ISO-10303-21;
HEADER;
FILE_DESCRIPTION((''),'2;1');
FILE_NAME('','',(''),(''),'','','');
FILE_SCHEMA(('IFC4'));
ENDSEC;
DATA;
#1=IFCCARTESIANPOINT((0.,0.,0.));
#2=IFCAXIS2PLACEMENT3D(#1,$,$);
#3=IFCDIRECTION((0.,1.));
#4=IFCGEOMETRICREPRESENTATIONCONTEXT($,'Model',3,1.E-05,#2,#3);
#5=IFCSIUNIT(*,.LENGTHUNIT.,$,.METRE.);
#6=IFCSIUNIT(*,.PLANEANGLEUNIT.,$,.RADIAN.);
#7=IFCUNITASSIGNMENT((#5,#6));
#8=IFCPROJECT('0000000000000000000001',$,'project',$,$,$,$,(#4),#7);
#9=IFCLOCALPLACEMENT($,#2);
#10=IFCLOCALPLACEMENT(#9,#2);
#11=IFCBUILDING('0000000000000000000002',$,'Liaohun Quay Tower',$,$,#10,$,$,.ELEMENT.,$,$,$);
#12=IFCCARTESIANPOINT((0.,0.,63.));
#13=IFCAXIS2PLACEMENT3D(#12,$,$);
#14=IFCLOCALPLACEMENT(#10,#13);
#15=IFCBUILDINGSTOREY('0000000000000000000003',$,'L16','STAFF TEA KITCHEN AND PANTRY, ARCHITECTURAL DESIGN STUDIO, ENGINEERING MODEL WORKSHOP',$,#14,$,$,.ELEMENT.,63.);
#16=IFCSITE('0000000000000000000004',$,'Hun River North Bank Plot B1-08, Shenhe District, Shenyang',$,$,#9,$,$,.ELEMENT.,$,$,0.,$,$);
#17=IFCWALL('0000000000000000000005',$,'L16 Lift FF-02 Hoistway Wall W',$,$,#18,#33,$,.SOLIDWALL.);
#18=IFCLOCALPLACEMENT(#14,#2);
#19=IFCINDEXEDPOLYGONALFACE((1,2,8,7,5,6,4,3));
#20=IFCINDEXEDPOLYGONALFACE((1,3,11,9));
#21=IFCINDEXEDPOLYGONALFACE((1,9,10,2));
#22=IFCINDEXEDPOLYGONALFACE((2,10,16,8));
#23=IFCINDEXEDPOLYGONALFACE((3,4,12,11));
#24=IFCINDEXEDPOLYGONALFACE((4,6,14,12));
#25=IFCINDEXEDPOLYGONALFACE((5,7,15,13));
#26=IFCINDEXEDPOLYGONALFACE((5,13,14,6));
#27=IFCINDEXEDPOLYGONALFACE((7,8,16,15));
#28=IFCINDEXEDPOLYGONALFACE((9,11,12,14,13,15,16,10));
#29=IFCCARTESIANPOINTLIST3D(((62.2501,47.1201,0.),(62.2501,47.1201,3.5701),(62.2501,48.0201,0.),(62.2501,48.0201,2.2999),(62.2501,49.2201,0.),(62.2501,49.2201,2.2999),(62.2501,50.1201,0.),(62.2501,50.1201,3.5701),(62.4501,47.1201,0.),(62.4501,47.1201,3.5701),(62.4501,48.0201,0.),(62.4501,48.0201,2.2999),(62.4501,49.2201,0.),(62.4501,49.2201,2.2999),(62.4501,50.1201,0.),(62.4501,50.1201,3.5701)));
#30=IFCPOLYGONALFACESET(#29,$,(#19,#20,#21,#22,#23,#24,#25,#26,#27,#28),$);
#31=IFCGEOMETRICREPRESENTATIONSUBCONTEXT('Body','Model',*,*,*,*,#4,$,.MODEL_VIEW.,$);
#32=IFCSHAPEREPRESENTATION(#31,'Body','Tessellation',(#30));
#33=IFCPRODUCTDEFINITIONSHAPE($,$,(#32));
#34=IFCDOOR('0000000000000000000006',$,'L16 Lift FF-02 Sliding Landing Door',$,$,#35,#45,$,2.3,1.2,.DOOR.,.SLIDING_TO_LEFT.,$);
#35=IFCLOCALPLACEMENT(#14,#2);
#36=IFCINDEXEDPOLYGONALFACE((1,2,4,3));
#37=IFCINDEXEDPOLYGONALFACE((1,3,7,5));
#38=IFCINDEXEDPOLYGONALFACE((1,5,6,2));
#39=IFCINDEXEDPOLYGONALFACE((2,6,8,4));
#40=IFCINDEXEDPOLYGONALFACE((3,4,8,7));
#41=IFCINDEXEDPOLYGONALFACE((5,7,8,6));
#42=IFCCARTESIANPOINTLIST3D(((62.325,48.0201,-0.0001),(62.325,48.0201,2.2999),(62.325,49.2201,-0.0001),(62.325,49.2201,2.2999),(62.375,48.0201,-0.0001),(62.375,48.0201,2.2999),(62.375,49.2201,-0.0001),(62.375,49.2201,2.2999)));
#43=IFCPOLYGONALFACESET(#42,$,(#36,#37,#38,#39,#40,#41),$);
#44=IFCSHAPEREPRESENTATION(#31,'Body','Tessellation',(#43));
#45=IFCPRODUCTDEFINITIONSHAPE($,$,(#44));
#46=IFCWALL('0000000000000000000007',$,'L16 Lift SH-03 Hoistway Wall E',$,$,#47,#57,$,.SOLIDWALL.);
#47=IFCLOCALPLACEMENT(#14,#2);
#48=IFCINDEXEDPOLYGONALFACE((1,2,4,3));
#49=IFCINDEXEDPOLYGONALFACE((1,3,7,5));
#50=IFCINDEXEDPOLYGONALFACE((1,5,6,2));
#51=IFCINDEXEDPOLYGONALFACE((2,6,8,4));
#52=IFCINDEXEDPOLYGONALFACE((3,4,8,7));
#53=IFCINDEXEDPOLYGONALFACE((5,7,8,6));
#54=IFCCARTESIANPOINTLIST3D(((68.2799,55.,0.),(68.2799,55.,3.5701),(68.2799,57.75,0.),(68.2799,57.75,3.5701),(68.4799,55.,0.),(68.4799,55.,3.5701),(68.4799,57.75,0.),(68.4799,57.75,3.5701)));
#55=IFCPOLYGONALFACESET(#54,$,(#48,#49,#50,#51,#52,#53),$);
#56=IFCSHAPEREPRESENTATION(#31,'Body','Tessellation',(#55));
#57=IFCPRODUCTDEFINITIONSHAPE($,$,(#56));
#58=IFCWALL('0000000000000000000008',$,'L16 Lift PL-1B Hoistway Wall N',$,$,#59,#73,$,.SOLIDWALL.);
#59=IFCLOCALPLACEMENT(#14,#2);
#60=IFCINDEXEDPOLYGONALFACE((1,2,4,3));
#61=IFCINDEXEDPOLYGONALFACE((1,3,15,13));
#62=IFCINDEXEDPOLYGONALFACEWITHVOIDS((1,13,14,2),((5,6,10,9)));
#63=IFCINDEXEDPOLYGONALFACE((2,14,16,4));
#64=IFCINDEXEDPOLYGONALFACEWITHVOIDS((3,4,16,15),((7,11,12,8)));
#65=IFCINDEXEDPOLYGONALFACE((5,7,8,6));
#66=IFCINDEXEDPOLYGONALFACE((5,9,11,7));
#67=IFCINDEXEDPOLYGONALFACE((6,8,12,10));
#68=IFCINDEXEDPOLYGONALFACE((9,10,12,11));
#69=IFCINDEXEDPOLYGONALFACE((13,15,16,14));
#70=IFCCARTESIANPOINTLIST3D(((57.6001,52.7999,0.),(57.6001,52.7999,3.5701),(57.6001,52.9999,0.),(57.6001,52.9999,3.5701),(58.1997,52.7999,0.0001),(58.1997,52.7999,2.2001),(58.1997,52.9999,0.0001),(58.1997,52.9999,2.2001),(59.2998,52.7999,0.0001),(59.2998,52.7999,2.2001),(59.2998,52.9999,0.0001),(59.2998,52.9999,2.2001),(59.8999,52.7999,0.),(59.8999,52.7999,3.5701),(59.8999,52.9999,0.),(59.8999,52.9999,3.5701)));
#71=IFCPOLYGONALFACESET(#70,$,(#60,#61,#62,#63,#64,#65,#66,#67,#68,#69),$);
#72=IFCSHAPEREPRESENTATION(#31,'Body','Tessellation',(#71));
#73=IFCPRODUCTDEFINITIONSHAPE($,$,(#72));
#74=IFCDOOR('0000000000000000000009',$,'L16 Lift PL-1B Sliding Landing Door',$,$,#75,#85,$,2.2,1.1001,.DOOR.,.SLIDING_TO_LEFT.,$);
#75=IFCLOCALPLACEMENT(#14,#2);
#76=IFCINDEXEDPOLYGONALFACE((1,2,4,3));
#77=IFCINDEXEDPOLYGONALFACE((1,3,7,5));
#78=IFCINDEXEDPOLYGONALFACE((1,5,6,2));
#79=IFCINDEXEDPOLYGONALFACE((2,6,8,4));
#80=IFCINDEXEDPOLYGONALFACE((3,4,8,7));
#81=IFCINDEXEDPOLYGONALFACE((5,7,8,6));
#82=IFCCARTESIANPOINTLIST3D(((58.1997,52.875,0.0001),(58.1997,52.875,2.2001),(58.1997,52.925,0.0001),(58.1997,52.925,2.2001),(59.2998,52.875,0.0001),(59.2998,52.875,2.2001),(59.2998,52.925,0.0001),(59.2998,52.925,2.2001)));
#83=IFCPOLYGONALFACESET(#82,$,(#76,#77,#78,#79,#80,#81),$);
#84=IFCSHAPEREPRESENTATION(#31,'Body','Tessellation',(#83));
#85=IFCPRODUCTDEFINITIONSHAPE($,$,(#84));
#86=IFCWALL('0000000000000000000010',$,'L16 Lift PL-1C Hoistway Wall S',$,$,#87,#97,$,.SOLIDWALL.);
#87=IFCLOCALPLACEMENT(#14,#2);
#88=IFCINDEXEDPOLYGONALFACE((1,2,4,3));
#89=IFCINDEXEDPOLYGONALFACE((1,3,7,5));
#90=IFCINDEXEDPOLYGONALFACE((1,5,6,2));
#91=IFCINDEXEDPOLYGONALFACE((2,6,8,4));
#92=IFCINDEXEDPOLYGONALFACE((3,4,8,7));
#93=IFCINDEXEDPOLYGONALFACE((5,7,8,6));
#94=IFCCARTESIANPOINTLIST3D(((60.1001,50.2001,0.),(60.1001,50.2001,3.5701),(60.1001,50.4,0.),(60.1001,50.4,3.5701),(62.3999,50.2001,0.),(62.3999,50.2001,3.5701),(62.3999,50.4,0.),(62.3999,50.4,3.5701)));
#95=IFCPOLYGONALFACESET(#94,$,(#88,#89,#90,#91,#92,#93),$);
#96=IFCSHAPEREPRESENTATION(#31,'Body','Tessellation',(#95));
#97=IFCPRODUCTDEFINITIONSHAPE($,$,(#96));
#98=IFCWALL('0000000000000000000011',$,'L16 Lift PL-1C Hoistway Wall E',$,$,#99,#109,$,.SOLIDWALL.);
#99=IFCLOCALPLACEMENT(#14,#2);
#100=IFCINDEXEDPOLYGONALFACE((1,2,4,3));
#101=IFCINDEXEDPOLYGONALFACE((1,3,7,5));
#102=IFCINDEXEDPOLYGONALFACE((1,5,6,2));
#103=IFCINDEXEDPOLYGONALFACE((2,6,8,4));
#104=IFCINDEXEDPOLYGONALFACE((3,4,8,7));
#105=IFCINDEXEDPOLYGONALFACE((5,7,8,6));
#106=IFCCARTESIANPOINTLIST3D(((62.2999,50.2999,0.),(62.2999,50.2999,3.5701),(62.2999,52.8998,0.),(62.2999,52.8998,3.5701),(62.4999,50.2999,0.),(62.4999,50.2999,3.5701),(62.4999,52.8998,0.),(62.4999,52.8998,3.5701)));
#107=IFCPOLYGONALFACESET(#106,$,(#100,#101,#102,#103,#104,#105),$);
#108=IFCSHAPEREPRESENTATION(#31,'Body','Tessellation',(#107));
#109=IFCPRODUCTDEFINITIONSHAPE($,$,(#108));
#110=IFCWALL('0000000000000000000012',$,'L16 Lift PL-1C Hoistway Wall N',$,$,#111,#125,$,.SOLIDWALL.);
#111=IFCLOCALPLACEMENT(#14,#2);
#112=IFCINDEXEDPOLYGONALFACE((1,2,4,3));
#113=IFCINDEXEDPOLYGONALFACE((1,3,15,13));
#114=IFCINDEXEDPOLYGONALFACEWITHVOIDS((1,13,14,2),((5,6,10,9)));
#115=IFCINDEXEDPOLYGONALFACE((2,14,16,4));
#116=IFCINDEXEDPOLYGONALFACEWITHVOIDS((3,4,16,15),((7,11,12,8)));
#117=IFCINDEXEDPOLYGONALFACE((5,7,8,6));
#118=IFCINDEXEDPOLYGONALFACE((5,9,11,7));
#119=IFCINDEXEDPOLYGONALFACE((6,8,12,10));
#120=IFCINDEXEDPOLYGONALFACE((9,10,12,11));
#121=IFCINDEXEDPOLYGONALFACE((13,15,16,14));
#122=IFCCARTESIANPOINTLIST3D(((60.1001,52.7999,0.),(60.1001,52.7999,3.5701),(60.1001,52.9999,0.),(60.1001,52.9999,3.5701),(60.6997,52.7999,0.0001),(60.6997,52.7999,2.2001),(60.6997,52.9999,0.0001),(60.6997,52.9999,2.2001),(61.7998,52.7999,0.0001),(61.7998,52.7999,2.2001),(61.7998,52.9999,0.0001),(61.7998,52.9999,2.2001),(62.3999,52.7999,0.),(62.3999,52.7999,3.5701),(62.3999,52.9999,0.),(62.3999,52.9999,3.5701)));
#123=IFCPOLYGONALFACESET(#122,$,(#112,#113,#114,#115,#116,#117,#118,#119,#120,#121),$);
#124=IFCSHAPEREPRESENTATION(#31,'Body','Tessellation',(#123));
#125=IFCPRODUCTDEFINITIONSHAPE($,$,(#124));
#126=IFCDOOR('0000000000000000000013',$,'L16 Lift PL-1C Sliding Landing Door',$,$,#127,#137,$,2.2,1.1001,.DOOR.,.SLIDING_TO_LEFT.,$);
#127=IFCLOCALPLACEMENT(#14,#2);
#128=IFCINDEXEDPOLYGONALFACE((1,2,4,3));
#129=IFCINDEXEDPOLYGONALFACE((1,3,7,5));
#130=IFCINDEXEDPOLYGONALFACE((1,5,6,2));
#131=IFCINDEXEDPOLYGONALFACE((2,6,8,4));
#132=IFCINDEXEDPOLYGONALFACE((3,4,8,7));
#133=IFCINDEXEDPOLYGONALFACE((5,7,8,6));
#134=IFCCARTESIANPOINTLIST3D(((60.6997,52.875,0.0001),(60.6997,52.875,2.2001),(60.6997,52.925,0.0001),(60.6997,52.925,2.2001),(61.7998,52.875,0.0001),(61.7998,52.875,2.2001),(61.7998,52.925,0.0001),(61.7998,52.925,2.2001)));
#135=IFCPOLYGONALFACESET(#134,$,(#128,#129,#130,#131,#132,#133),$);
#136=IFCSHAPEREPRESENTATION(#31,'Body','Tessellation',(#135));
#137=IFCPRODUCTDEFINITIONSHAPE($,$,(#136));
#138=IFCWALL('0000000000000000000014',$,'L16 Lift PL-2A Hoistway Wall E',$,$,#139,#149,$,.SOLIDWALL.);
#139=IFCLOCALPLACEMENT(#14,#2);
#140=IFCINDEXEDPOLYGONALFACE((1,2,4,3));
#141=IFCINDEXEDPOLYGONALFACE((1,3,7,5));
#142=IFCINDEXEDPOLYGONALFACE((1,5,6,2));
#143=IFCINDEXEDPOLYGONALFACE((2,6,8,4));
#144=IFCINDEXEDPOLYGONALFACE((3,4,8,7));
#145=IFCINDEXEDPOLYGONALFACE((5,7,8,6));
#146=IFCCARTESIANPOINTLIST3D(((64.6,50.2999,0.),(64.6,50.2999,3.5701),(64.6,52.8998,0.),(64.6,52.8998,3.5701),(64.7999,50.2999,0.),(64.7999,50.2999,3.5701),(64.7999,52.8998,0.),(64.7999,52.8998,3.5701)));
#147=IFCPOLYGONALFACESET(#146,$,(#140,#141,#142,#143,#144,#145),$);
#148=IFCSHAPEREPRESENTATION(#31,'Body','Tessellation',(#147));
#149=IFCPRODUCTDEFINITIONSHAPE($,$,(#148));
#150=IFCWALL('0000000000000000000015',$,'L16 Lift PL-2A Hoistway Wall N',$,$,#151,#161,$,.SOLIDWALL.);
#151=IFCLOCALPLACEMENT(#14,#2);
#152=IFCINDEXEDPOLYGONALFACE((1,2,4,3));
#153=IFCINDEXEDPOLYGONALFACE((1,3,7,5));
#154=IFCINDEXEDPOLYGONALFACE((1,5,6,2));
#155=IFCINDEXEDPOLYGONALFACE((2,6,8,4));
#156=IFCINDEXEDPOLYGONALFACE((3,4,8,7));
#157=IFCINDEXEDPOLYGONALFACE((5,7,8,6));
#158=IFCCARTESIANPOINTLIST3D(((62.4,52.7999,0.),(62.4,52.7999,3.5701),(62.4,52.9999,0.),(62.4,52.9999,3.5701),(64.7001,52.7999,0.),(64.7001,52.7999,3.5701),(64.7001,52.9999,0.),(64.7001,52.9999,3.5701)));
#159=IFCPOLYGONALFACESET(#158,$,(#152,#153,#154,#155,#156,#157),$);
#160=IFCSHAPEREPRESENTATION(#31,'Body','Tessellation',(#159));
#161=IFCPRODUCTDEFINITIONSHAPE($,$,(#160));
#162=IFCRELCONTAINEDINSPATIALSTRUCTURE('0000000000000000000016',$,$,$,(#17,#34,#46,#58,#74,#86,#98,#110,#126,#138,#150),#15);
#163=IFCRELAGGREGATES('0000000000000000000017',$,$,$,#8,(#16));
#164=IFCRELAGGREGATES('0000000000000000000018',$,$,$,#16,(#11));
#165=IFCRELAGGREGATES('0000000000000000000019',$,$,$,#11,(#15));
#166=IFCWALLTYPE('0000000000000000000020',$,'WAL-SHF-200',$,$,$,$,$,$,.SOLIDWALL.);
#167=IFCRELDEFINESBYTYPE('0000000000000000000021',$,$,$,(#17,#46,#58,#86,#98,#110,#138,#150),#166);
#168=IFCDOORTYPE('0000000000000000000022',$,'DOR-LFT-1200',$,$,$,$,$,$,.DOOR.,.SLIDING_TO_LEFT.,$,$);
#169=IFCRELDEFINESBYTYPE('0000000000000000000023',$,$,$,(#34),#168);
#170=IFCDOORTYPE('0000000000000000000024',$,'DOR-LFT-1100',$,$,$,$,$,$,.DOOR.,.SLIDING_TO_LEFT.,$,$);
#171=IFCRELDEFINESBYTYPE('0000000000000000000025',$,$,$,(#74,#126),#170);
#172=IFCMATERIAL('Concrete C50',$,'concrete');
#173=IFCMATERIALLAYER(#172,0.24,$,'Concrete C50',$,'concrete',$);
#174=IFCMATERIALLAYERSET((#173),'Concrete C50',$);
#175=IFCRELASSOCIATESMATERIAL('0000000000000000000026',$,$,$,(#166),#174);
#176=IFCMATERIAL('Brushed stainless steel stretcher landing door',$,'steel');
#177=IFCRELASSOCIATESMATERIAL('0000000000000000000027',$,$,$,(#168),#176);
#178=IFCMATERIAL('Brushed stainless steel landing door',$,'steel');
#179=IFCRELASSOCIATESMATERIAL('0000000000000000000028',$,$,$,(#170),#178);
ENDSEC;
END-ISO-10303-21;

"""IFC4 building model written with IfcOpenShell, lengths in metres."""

from ifc_helpers import new_model, si_unit, direction, frame, frame_2d, origin, place, context, subcontext, project, spatial, rectangle, extrude, source, transform, mapped, material, layer, layer_set, type_object, element, fill, save


model = new_model("IFC4")

# Units and contexts
model_context = context("Model", 3, precision=1e-05, world=origin(), true_north=direction((0.0, 1.0)))
body_context = subcontext(model_context, "Body", "Model", "MODEL_VIEW")
ifc_project = project(units=[si_unit("LENGTHUNIT", "METRE"), si_unit("PLANEANGLEUNIT", "RADIAN")], contexts=[model_context])

# Site, building, storey
site_placement = place(None, origin())
site = spatial("IfcSite", under=ifc_project, at=site_placement, Name="Hun River North Bank Plot B1-08, Shenhe District, Shenyang", CompositionType="ELEMENT", RefElevation=0.0)
building_placement = place(site_placement, origin())
building = spatial("IfcBuilding", under=site, at=building_placement, Name="Liaohun Quay Tower", CompositionType="ELEMENT")
storey_placement = place(building_placement, frame((0.0, 0.0, 63.0)))
storey = spatial("IfcBuildingStorey", under=building, at=storey_placement, Name="L16", Description="STAFF TEA KITCHEN AND PANTRY, ARCHITECTURAL DESIGN STUDIO, ENGINEERING MODEL WORKSHOP", CompositionType="ELEMENT", Elevation=63.0)

# Shared definitions
ifc_material_1 = material(Name="Concrete C50", Category="concrete")
ifc_layer_1 = layer(ifc_material_1, 0.24, Name="Concrete C50", Category="concrete")
ifc_layer_set_1 = layer_set([ifc_layer_1], Name="Concrete C50")
wall_type_1 = type_object("IfcWallType", Name="WAL-SHF-200", PredefinedType="SOLIDWALL", material=ifc_layer_set_1)

# Wall, opening, door
wall_1_placement = place(storey_placement, frame((62.3501, 50.1201, 0.0), z_axis=(0.0, 0.0, 1.0), x_axis=(0.0, -1.0, 0.0)))
wall_1 = element("IfcWall", 1, at=wall_1_placement, inside=storey, type_object=wall_type_1, Name="L16 Lift FF-02 Hoistway Wall W", PredefinedType="SOLIDWALL", context=body_context, shape_type="SweptSolid", body=[
    extrude(rectangle(XDim=3.0, YDim=0.2, at=frame_2d((1.5, 0.0))), origin(), (0.0, 0.0, 1.0), 3.5701),
])
shared_shape_1 = source(origin(), body_context, "Body", "SweptSolid", [
    extrude(rectangle(XDim=1.2, YDim=2.3, at=frame_2d((0.6001, 1.1499))), frame((0.0, 0.1099, 0.0), z_axis=(0.0, -1.0, 0.0), x_axis=(1.0, 0.0, 0.0)), (0.0, 0.0, 1.0), 0.22),
])
opening_1_placement = place(wall_1_placement, frame((0.8999, 0.0, 0.0)))
opening_1 = element("IfcOpeningElement", 2, at=opening_1_placement, cuts=wall_1, PredefinedType="OPENING", context=body_context, shape_type="MappedRepresentation", body=[
    mapped(shared_shape_1, transform((0.0, 0.0, 0.0), x_axis=(1.0, 0.0, 0.0), y_axis=(0.0, 1.0, 0.0), z_axis=(0.0, 0.0, 1.0), scale=1.0)),
])
ifc_material_2 = material(Name="Brushed stainless steel stretcher landing door", Category="steel")
door_type_1 = type_object("IfcDoorType", Name="DOR-LFT-1200", OperationType="SLIDING_TO_LEFT", PredefinedType="DOOR", material=ifc_material_2)
shared_shape_2 = source(origin(), body_context, "Body", "SweptSolid", [
    extrude(rectangle(XDim=1.2, YDim=2.3, at=frame_2d((0.6001, 1.1499))), frame((0.0, 0.0249, 0.0), z_axis=(0.0, -1.0, 0.0), x_axis=(1.0, 0.0, 0.0)), (0.0, 0.0, 1.0), 0.05),
])
door_1_placement = place(opening_1_placement, origin())
door_1 = element("IfcDoor", 3, at=door_1_placement, inside=storey, type_object=door_type_1, Name="L16 Lift FF-02 Sliding Landing Door", OperationType="SLIDING_TO_LEFT", OverallHeight=2.3, OverallWidth=1.2, PredefinedType="DOOR", context=body_context, shape_type="MappedRepresentation", body=[
    mapped(shared_shape_2, transform((0.0, 0.0, 0.0), x_axis=(1.0, 0.0, 0.0), y_axis=(0.0, 1.0, 0.0), z_axis=(0.0, 0.0, 1.0), scale=1.0)),
])
fill(opening_1, door_1)

# Wall
wall_2_placement = place(storey_placement, frame((68.3799, 55.0, 0.0), z_axis=(0.0, 0.0, 1.0), x_axis=(0.0, 1.0, 0.0)))
element("IfcWall", 4, at=wall_2_placement, inside=storey, type_object=wall_type_1, Name="L16 Lift SH-03 Hoistway Wall E", PredefinedType="SOLIDWALL", context=body_context, shape_type="SweptSolid", body=[
    extrude(rectangle(XDim=2.75, YDim=0.2, at=frame_2d((1.375, 0.0))), origin(), (0.0, 0.0, 1.0), 3.5701),
])

# Wall, opening, door
wall_3_placement = place(storey_placement, frame((59.8999, 52.8999, 0.0), z_axis=(0.0, 0.0, 1.0), x_axis=(-1.0, 0.0, 0.0)))
wall_3 = element("IfcWall", 5, at=wall_3_placement, inside=storey, type_object=wall_type_1, Name="L16 Lift PL-1B Hoistway Wall N", PredefinedType="SOLIDWALL", context=body_context, shape_type="SweptSolid", body=[
    extrude(rectangle(XDim=2.2998, YDim=0.2, at=frame_2d((1.1499, 0.0))), origin(), (0.0, 0.0, 1.0), 3.5701),
])
shared_shape_3 = source(origin(), body_context, "Body", "SweptSolid", [
    extrude(rectangle(XDim=1.1001, YDim=2.2, at=frame_2d((0.55, 1.1001))), frame((0.0, 0.1099, 0.0), z_axis=(0.0, -1.0, 0.0), x_axis=(1.0, 0.0, 0.0)), (0.0, 0.0, 1.0), 0.22),
])
opening_2_placement = place(wall_3_placement, frame((0.6001, 0.0, 0.0)))
opening_2 = element("IfcOpeningElement", 6, at=opening_2_placement, cuts=wall_3, PredefinedType="OPENING", context=body_context, shape_type="MappedRepresentation", body=[
    mapped(shared_shape_3, transform((0.0, 0.0, 0.0), x_axis=(1.0, 0.0, 0.0), y_axis=(0.0, 1.0, 0.0), z_axis=(0.0, 0.0, 1.0), scale=1.0)),
])
ifc_material_3 = material(Name="Brushed stainless steel landing door", Category="steel")
door_type_2 = type_object("IfcDoorType", Name="DOR-LFT-1100", OperationType="SLIDING_TO_LEFT", PredefinedType="DOOR", material=ifc_material_3)
shared_shape_4 = source(origin(), body_context, "Body", "SweptSolid", [
    extrude(rectangle(XDim=1.1001, YDim=2.2, at=frame_2d((0.55, 1.1001))), frame((0.0, 0.0249, 0.0), z_axis=(0.0, -1.0, 0.0), x_axis=(1.0, 0.0, 0.0)), (0.0, 0.0, 1.0), 0.05),
])
door_2_placement = place(opening_2_placement, origin())
door_2 = element("IfcDoor", 7, at=door_2_placement, inside=storey, type_object=door_type_2, Name="L16 Lift PL-1B Sliding Landing Door", OperationType="SLIDING_TO_LEFT", OverallHeight=2.2, OverallWidth=1.1001, PredefinedType="DOOR", context=body_context, shape_type="MappedRepresentation", body=[
    mapped(shared_shape_4, transform((0.0, 0.0, 0.0), x_axis=(1.0, 0.0, 0.0), y_axis=(0.0, 1.0, 0.0), z_axis=(0.0, 0.0, 1.0), scale=1.0)),
])
fill(opening_2, door_2)

# Walls
wall_4_placement = place(storey_placement, frame((60.1001, 50.3, 0.0), z_axis=(0.0, 0.0, 1.0), x_axis=(1.0, 0.0, 0.0)))
element("IfcWall", 8, at=wall_4_placement, inside=storey, type_object=wall_type_1, Name="L16 Lift PL-1C Hoistway Wall S", PredefinedType="SOLIDWALL", context=body_context, shape_type="SweptSolid", body=[
    extrude(rectangle(XDim=2.2998, YDim=0.2, at=frame_2d((1.1499, 0.0))), origin(), (0.0, 0.0, 1.0), 3.5701),
])
wall_5_placement = place(storey_placement, frame((62.3999, 50.3, 0.0), z_axis=(0.0, 0.0, 1.0), x_axis=(0.0, 1.0, 0.0)))
element("IfcWall", 9, at=wall_5_placement, inside=storey, type_object=wall_type_1, Name="L16 Lift PL-1C Hoistway Wall E", PredefinedType="SOLIDWALL", context=body_context, shape_type="SweptSolid", body=[
    extrude(rectangle(XDim=2.5999, YDim=0.2, at=frame_2d((1.2998, 0.0))), origin(), (0.0, 0.0, 1.0), 3.5701),
])

# Wall, opening, door
wall_6_placement = place(storey_placement, frame((62.3999, 52.8999, 0.0), z_axis=(0.0, 0.0, 1.0), x_axis=(-1.0, 0.0, 0.0)))
wall_6 = element("IfcWall", 10, at=wall_6_placement, inside=storey, type_object=wall_type_1, Name="L16 Lift PL-1C Hoistway Wall N", PredefinedType="SOLIDWALL", context=body_context, shape_type="SweptSolid", body=[
    extrude(rectangle(XDim=2.2998, YDim=0.2, at=frame_2d((1.1499, 0.0))), origin(), (0.0, 0.0, 1.0), 3.5701),
])
opening_3_placement = place(wall_6_placement, frame((0.6001, 0.0, 0.0)))
opening_3 = element("IfcOpeningElement", 11, at=opening_3_placement, cuts=wall_6, PredefinedType="OPENING", context=body_context, shape_type="MappedRepresentation", body=[
    mapped(shared_shape_3, transform((0.0, 0.0, 0.0), x_axis=(1.0, 0.0, 0.0), y_axis=(0.0, 1.0, 0.0), z_axis=(0.0, 0.0, 1.0), scale=1.0)),
])
door_3_placement = place(opening_3_placement, origin())
door_3 = element("IfcDoor", 12, at=door_3_placement, inside=storey, type_object=door_type_2, Name="L16 Lift PL-1C Sliding Landing Door", OperationType="SLIDING_TO_LEFT", OverallHeight=2.2, OverallWidth=1.1001, PredefinedType="DOOR", context=body_context, shape_type="MappedRepresentation", body=[
    mapped(shared_shape_4, transform((0.0, 0.0, 0.0), x_axis=(1.0, 0.0, 0.0), y_axis=(0.0, 1.0, 0.0), z_axis=(0.0, 0.0, 1.0), scale=1.0)),
])
fill(opening_3, door_3)

# Walls
wall_7_placement = place(storey_placement, frame((64.7, 50.3, 0.0), z_axis=(0.0, 0.0, 1.0), x_axis=(0.0, 1.0, 0.0)))
element("IfcWall", 13, at=wall_7_placement, inside=storey, type_object=wall_type_1, Name="L16 Lift PL-2A Hoistway Wall E", PredefinedType="SOLIDWALL", context=body_context, shape_type="SweptSolid", body=[
    extrude(rectangle(XDim=2.5999, YDim=0.2, at=frame_2d((1.2998, 0.0))), origin(), (0.0, 0.0, 1.0), 3.5701),
])
wall_8_placement = place(storey_placement, frame((64.7, 52.8999, 0.0), z_axis=(0.0, 0.0, 1.0), x_axis=(-1.0, 0.0, 0.0)))
element("IfcWall", 14, at=wall_8_placement, inside=storey, type_object=wall_type_1, Name="L16 Lift PL-2A Hoistway Wall N", PredefinedType="SOLIDWALL", context=body_context, shape_type="SweptSolid", body=[
    extrude(rectangle(XDim=2.3, YDim=0.2, at=frame_2d((1.1499, 0.0))), origin(), (0.0, 0.0, 1.0), 3.5701),
])

save(model, "model.ifc")
